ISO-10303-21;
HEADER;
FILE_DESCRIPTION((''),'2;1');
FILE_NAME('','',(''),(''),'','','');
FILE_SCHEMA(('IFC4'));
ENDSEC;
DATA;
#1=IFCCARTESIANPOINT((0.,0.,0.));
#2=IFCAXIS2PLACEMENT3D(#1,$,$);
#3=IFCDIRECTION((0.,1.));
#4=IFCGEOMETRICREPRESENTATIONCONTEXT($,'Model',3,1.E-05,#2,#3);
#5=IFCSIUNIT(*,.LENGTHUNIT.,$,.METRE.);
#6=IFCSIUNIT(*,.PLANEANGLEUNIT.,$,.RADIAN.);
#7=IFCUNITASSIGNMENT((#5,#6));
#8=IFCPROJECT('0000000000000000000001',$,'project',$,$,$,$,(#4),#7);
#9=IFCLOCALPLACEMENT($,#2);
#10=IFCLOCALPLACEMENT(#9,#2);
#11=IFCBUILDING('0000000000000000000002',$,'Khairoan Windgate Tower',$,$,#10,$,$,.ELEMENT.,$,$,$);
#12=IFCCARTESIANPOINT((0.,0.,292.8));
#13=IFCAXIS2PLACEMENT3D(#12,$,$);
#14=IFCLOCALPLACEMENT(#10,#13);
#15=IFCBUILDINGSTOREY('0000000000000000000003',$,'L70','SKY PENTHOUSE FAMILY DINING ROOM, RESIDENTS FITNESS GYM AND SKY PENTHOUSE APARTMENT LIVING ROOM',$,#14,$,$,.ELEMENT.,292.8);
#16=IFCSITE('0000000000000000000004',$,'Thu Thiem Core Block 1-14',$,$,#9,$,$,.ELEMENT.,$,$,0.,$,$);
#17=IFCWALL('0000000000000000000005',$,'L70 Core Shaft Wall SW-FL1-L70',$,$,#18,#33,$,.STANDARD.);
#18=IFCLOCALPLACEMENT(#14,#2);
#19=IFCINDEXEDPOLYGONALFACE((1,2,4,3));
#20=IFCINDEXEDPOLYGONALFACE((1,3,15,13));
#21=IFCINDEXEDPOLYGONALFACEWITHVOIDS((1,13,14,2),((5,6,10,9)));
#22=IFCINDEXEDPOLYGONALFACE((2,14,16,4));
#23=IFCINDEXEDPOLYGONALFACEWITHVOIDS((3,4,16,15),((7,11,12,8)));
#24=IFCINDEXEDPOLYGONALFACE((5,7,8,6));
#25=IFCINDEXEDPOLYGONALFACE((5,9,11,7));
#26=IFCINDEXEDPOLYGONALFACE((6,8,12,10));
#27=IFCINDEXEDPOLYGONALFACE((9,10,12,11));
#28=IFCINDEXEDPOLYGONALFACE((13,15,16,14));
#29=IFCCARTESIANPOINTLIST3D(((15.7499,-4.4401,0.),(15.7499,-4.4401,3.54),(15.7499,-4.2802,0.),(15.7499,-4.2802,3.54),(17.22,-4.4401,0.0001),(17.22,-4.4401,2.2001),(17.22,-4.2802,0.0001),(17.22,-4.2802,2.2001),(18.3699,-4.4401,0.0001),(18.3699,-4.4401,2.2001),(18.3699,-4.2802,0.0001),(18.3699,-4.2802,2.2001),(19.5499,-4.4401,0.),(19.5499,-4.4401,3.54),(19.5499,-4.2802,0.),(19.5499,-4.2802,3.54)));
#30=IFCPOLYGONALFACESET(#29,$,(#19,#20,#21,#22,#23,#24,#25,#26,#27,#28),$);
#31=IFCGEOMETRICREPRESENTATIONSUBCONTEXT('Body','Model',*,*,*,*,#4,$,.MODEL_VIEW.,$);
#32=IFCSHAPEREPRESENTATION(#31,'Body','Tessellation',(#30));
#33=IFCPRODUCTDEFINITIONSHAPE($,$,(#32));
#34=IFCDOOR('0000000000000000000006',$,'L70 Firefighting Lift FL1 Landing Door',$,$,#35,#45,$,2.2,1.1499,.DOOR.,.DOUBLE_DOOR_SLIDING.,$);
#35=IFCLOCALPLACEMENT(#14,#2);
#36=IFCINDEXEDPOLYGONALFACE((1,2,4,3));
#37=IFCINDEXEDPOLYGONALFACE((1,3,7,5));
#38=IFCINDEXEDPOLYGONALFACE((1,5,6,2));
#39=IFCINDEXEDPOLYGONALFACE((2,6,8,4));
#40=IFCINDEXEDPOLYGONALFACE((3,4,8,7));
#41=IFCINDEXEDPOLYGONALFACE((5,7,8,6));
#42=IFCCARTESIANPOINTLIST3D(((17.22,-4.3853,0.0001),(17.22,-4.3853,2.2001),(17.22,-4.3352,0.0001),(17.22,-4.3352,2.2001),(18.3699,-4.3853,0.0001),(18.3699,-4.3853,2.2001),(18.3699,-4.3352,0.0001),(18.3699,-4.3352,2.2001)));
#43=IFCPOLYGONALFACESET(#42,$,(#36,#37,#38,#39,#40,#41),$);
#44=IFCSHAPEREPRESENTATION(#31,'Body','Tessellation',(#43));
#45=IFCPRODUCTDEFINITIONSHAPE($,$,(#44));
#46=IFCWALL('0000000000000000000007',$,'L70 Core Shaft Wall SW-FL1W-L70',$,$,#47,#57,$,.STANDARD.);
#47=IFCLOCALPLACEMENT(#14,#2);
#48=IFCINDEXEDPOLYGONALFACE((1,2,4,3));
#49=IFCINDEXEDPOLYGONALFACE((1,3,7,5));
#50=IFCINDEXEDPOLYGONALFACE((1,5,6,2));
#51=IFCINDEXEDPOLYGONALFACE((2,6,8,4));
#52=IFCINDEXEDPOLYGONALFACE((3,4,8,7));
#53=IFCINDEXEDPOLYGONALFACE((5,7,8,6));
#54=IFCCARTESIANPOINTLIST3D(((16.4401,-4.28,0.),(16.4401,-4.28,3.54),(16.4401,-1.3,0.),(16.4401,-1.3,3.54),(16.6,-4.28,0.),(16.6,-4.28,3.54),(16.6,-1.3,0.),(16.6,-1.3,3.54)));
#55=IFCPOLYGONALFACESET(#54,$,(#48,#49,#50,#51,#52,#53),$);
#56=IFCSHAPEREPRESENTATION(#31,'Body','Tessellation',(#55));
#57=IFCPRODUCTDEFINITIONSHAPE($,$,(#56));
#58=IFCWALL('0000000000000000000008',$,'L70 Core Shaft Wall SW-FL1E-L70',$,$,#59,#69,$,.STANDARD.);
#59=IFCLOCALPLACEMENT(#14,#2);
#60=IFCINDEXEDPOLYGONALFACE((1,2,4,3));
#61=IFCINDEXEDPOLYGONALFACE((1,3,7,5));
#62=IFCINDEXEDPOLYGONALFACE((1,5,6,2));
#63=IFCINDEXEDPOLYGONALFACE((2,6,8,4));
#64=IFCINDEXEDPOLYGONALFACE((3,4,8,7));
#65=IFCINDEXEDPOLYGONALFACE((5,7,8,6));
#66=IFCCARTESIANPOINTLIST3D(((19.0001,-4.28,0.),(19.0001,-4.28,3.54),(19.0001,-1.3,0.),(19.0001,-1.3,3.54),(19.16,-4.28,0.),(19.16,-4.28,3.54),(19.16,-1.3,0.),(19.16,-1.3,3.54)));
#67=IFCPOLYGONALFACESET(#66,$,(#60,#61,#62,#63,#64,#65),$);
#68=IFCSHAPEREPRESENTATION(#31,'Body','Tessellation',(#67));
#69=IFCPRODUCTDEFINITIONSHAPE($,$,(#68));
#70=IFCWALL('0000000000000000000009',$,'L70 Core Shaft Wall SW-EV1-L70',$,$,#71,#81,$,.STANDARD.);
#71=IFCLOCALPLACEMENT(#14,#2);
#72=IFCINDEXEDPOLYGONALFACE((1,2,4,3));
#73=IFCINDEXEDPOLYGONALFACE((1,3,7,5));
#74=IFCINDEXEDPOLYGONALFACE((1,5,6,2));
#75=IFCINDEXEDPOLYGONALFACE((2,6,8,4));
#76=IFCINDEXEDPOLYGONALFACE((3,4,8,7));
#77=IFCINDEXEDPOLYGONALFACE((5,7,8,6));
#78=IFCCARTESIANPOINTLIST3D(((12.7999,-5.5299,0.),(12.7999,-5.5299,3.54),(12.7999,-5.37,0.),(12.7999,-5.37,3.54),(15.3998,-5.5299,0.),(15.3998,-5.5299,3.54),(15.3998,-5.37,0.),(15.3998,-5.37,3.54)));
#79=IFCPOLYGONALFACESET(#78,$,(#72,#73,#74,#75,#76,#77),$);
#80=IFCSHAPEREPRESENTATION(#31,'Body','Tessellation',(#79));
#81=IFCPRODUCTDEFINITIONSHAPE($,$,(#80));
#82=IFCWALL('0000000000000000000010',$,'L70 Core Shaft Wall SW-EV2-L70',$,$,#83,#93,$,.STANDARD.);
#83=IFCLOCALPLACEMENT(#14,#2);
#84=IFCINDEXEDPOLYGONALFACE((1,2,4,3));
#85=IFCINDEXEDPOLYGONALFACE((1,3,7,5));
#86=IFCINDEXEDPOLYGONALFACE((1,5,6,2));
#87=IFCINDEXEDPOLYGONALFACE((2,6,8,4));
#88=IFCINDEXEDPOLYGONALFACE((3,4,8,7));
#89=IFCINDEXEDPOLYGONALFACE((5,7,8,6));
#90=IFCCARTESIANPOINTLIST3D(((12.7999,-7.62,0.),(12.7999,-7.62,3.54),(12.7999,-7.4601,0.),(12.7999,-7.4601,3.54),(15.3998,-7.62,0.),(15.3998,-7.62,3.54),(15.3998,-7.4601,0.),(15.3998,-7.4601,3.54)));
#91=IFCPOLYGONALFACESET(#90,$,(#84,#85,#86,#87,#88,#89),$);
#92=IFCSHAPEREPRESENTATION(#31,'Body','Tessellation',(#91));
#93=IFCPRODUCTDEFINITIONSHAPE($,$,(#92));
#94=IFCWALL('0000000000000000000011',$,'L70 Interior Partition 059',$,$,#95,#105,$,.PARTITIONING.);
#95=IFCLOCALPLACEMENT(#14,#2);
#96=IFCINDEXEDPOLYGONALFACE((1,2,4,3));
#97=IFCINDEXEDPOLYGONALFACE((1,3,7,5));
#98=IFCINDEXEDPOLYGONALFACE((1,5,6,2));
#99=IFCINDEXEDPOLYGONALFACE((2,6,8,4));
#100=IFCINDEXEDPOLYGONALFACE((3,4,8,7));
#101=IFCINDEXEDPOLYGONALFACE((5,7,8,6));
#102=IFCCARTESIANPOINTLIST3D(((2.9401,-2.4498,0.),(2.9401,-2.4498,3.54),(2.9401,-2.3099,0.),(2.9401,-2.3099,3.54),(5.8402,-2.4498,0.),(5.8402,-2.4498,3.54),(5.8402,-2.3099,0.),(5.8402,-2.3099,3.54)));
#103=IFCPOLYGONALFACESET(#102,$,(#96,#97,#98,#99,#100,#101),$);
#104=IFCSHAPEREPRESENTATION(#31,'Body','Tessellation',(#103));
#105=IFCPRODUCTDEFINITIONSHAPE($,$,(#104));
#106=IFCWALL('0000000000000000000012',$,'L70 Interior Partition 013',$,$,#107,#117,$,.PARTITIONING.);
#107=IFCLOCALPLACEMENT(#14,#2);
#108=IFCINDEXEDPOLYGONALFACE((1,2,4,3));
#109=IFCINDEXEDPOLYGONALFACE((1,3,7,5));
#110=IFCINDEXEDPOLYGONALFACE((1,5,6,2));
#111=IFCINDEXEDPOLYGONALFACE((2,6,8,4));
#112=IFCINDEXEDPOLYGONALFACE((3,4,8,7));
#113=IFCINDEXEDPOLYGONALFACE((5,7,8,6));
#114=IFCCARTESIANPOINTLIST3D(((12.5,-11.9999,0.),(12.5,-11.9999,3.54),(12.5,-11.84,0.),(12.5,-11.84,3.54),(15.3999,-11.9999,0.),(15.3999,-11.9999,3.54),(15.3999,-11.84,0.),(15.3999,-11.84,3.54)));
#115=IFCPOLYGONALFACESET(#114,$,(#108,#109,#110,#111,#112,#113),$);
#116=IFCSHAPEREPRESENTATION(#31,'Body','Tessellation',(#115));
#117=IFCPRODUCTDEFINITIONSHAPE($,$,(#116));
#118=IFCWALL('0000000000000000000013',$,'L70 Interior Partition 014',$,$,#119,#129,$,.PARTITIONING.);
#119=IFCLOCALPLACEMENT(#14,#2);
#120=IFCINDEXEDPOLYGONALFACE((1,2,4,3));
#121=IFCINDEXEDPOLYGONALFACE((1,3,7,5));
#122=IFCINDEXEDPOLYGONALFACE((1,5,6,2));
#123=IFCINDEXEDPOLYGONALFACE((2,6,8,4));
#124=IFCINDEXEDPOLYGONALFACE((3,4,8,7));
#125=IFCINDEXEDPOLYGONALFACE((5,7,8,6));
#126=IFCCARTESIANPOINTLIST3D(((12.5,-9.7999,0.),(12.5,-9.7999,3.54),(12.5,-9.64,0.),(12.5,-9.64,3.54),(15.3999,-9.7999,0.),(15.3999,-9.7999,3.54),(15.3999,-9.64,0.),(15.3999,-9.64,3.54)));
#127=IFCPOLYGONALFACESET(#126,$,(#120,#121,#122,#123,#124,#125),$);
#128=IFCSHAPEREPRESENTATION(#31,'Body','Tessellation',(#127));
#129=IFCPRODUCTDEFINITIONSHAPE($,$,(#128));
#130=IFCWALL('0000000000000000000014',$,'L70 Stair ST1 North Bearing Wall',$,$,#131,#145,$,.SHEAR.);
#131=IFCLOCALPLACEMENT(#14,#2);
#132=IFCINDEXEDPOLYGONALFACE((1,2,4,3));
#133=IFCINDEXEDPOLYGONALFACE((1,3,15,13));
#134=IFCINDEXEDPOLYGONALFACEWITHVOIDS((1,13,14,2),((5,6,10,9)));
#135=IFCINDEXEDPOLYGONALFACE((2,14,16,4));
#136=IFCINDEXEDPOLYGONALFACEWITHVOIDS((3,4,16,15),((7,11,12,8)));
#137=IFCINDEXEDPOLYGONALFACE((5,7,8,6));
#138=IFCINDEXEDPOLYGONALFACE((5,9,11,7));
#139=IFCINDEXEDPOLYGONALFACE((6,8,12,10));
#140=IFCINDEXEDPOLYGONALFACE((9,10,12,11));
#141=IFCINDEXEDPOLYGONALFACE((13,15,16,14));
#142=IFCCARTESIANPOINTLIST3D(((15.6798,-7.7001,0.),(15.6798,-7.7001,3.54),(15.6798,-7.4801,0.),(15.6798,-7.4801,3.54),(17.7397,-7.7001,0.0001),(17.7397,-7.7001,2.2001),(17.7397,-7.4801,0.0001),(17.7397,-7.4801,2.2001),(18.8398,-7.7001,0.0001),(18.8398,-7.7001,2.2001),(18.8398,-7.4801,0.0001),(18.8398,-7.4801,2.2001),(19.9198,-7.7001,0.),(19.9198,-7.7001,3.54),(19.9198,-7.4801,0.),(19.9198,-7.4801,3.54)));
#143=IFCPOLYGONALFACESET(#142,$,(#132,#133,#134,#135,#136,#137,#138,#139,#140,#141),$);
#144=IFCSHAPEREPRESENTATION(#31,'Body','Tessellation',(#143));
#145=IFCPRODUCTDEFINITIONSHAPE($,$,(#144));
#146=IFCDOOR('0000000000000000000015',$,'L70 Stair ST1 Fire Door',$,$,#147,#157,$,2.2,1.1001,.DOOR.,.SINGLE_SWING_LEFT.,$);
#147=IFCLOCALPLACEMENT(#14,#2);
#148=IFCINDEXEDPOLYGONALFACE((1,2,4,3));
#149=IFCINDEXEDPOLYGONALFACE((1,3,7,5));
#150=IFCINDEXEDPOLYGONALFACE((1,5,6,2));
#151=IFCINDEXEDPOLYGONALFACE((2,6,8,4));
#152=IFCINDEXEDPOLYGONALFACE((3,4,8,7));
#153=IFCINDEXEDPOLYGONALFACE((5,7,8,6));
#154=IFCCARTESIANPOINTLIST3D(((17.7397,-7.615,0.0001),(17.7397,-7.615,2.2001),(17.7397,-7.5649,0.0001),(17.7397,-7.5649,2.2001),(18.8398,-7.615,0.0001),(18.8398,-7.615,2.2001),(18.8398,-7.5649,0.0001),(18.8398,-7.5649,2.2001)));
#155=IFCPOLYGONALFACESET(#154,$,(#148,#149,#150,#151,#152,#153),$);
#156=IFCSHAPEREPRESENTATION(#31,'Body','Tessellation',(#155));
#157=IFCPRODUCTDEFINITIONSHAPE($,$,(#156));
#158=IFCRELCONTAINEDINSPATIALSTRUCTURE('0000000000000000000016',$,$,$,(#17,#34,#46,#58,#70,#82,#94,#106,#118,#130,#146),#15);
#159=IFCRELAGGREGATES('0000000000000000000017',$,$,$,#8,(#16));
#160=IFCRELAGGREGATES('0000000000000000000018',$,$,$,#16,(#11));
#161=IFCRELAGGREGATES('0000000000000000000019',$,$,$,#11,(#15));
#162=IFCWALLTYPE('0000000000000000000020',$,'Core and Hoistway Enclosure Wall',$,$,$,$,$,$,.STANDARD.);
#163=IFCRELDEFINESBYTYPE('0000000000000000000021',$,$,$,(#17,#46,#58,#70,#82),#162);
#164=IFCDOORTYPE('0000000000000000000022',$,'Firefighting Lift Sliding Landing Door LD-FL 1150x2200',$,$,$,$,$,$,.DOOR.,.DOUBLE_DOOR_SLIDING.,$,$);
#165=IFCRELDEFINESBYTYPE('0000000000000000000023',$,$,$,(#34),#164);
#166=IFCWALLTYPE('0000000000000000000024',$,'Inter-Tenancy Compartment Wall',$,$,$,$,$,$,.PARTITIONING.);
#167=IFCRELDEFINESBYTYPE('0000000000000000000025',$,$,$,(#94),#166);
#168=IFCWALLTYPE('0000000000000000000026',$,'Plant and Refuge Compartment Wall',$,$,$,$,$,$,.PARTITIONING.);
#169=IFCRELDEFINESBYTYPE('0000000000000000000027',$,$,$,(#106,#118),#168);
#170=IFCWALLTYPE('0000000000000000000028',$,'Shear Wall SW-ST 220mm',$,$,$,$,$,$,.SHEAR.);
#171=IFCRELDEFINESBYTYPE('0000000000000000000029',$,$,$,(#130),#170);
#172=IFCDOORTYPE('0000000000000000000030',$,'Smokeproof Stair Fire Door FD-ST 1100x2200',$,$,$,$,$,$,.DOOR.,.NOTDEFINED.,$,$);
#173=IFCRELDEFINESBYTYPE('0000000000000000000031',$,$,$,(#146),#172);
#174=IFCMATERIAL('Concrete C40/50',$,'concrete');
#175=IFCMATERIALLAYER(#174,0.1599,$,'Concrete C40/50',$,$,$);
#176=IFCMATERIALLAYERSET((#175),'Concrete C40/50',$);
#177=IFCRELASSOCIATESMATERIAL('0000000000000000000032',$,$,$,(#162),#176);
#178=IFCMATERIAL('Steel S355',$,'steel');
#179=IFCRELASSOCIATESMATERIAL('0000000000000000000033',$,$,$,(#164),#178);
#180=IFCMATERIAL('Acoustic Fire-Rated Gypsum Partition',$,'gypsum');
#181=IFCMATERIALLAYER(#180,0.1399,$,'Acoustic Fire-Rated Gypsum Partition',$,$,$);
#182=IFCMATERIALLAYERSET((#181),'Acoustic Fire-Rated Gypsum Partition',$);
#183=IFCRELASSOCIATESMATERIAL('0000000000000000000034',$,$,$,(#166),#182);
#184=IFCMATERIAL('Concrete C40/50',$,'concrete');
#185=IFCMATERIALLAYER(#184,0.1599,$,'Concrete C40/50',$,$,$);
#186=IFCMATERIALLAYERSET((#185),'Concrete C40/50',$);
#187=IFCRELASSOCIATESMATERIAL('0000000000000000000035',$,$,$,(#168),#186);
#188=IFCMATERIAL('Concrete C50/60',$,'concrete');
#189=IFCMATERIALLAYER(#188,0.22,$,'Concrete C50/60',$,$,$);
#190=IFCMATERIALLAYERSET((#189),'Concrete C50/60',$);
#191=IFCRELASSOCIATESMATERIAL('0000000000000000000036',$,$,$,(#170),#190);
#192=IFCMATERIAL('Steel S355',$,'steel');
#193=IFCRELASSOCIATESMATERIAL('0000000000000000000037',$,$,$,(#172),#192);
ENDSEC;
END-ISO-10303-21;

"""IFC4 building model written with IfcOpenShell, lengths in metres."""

from ifc_helpers import new_model, si_unit, direction, frame, frame_2d, origin, place, context, subcontext, project, spatial, rectangle, extrude, material, layer, layer_set, type_object, element, fill, save


model = new_model("IFC4")

# Units and contexts
model_context = context("Model", 3, precision=1e-05, world=origin(), true_north=direction((0.0, 1.0)))
body_context = subcontext(model_context, "Body", "Model", "MODEL_VIEW")
ifc_project = project(units=[si_unit("LENGTHUNIT", "METRE"), si_unit("PLANEANGLEUNIT", "RADIAN")], contexts=[model_context])

# Site, building, storey
site_placement = place(None, origin())
site = spatial("IfcSite", under=ifc_project, at=site_placement, Name="Thu Thiem Core Block 1-14", CompositionType="ELEMENT", RefElevation=0.0)
building_placement = place(site_placement, origin())
building = spatial("IfcBuilding", under=site, at=building_placement, Name="Khairoan Windgate Tower", CompositionType="ELEMENT")
storey_placement = place(building_placement, frame((0.0, 0.0, 292.8)))
storey = spatial("IfcBuildingStorey", under=building, at=storey_placement, Name="L70", Description="SKY PENTHOUSE FAMILY DINING ROOM, RESIDENTS FITNESS GYM AND SKY PENTHOUSE APARTMENT LIVING ROOM", CompositionType="ELEMENT", Elevation=292.8)

# Shared definitions
ifc_material_1 = material(Name="Concrete C40/50", Category="concrete")
ifc_layer_1 = layer(ifc_material_1, 0.1599, Name="Concrete C40/50")
ifc_layer_set_1 = layer_set([ifc_layer_1], Name="Concrete C40/50")
wall_type_1 = type_object("IfcWallType", Name="Core and Hoistway Enclosure Wall", PredefinedType="STANDARD", material=ifc_layer_set_1)

# Wall, opening, door
wall_1_placement = place(storey_placement, frame((15.75, -4.3601, 0.0), z_axis=(0.0, 0.0, 1.0), x_axis=(1.0, 0.0, 0.0)))
wall_1 = element("IfcWall", 1, at=wall_1_placement, inside=storey, type_object=wall_type_1, Name="L70 Core Shaft Wall SW-FL1-L70", PredefinedType="STANDARD", context=body_context, shape_type="SweptSolid", body=[
    extrude(rectangle(XDim=3.8, YDim=0.1599, at=frame_2d((1.8999, 0.0))), origin(), (0.0, 0.0, 1.0), 3.54),
])
opening_1_placement = place(wall_1_placement, frame((1.47, 0.0, 0.0)))
opening_1 = element("IfcOpeningElement", 2, at=opening_1_placement, cuts=wall_1, PredefinedType="OPENING", context=body_context, shape_type="SweptSolid", body=[
    extrude(rectangle(XDim=1.1499, YDim=2.2, at=frame_2d((0.575, 1.1001))), frame((0.0, 0.0898, 0.0), z_axis=(0.0, -1.0, 0.0), x_axis=(1.0, 0.0, 0.0)), (0.0, 0.0, 1.0), 0.1799),
])
ifc_material_2 = material(Name="Steel S355", Category="steel")
door_type_1 = type_object("IfcDoorType", Name="Firefighting Lift Sliding Landing Door LD-FL 1150x2200", OperationType="DOUBLE_DOOR_SLIDING", PredefinedType="DOOR", material=ifc_material_2)
door_1_placement = place(opening_1_placement, origin())
door_1 = element("IfcDoor", 3, at=door_1_placement, inside=storey, type_object=door_type_1, Name="L70 Firefighting Lift FL1 Landing Door", OperationType="DOUBLE_DOOR_SLIDING", OverallHeight=2.2, OverallWidth=1.1499, PredefinedType="DOOR", context=body_context, shape_type="SweptSolid", body=[
    extrude(rectangle(XDim=1.1499, YDim=2.2, at=frame_2d((0.575, 1.1001))), frame((0.0, 0.0249, 0.0), z_axis=(0.0, -1.0, 0.0), x_axis=(1.0, 0.0, 0.0)), (0.0, 0.0, 1.0), 0.05),
])
fill(opening_1, door_1)

# Walls
for number, where, z_axis, x_axis, name in (
    (4, (16.52, -4.28, 0.0), (0.0, 0.0, 1.0), (0.0, 1.0, 0.0), "L70 Core Shaft Wall SW-FL1W-L70"),
    (5, (19.0801, -4.28, 0.0), (0.0, 0.0, 1.0), (0.0, 1.0, 0.0), "L70 Core Shaft Wall SW-FL1E-L70"),
):
    element("IfcWall", number, at=place(storey_placement, frame(where, z_axis=z_axis, x_axis=x_axis)), inside=storey, type_object=wall_type_1, Name=name, PredefinedType="STANDARD", context=body_context, shape_type="SweptSolid", body=[
        extrude(rectangle(XDim=2.98, YDim=0.1599, at=frame_2d((1.49, 0.0))), origin(), (0.0, 0.0, 1.0), 3.54),
    ])
for number, where, z_axis, x_axis, name in (
    (6, (12.8, -5.45, 0.0), (0.0, 0.0, 1.0), (1.0, 0.0, 0.0), "L70 Core Shaft Wall SW-EV1-L70"),
    (7, (12.8, -7.54, 0.0), (0.0, 0.0, 1.0), (1.0, 0.0, 0.0), "L70 Core Shaft Wall SW-EV2-L70"),
):
    element("IfcWall", number, at=place(storey_placement, frame(where, z_axis=z_axis, x_axis=x_axis)), inside=storey, type_object=wall_type_1, Name=name, PredefinedType="STANDARD", context=body_context, shape_type="SweptSolid", body=[
        extrude(rectangle(XDim=2.5999, YDim=0.1599, at=frame_2d((1.2998, 0.0))), origin(), (0.0, 0.0, 1.0), 3.54),
    ])
ifc_material_3 = material(Name="Acoustic Fire-Rated Gypsum Partition", Category="gypsum")
ifc_layer_2 = layer(ifc_material_3, 0.1399, Name="Acoustic Fire-Rated Gypsum Partition")
ifc_layer_set_2 = layer_set([ifc_layer_2], Name="Acoustic Fire-Rated Gypsum Partition")
wall_type_2 = type_object("IfcWallType", Name="Inter-Tenancy Compartment Wall", PredefinedType="PARTITIONING", material=ifc_layer_set_2)
wall_2_placement = place(storey_placement, frame((2.9399, -2.3799, 0.0), z_axis=(0.0, 0.0, 1.0), x_axis=(1.0, 0.0, 0.0)))
element("IfcWall", 8, at=wall_2_placement, inside=storey, type_object=wall_type_2, Name="L70 Interior Partition 059", PredefinedType="PARTITIONING", context=body_context, shape_type="SweptSolid", body=[
    extrude(rectangle(XDim=2.9001, YDim=0.1399, at=frame_2d((1.4502, 0.0))), origin(), (0.0, 0.0, 1.0), 3.54),
])
ifc_material_4 = material(Name="Concrete C40/50", Category="concrete")
ifc_layer_3 = layer(ifc_material_4, 0.1599, Name="Concrete C40/50")
ifc_layer_set_3 = layer_set([ifc_layer_3], Name="Concrete C40/50")
wall_type_3 = type_object("IfcWallType", Name="Plant and Refuge Compartment Wall", PredefinedType="PARTITIONING", material=ifc_layer_set_3)
for number, where, z_axis, x_axis, name in (
    (9, (12.5, -11.9199, 0.0), (0.0, 0.0, 1.0), (1.0, 0.0, 0.0), "L70 Interior Partition 013"),
    (10, (12.5, -9.72, 0.0), (0.0, 0.0, 1.0), (1.0, 0.0, 0.0), "L70 Interior Partition 014"),
):
    element("IfcWall", number, at=place(storey_placement, frame(where, z_axis=z_axis, x_axis=x_axis)), inside=storey, type_object=wall_type_3, Name=name, PredefinedType="PARTITIONING", context=body_context, shape_type="SweptSolid", body=[
        extrude(rectangle(XDim=2.8999, YDim=0.1599, at=frame_2d((1.45, 0.0))), origin(), (0.0, 0.0, 1.0), 3.54),
    ])

# Wall, opening, door
ifc_material_5 = material(Name="Concrete C50/60", Category="concrete")
ifc_layer_4 = layer(ifc_material_5, 0.22, Name="Concrete C50/60")
ifc_layer_set_4 = layer_set([ifc_layer_4], Name="Concrete C50/60")
wall_type_4 = type_object("IfcWallType", Name="Shear Wall SW-ST 220mm", PredefinedType="SHEAR", material=ifc_layer_set_4)
wall_3_placement = place(storey_placement, frame((19.9199, -7.5901, 0.0), z_axis=(0.0, 0.0, 1.0), x_axis=(-1.0, 0.0, 0.0)))
wall_3 = element("IfcWall", 11, at=wall_3_placement, inside=storey, type_object=wall_type_4, Name="L70 Stair ST1 North Bearing Wall", PredefinedType="SHEAR", context=body_context, shape_type="SweptSolid", body=[
    extrude(rectangle(XDim=4.24, YDim=0.22, at=frame_2d((2.1201, 0.0))), origin(), (0.0, 0.0, 1.0), 3.54),
])
opening_2_placement = place(wall_3_placement, frame((1.0801, 0.0, 0.0)))
opening_2 = element("IfcOpeningElement", 12, at=opening_2_placement, cuts=wall_3, PredefinedType="OPENING", context=body_context, shape_type="SweptSolid", body=[
    extrude(rectangle(XDim=1.1001, YDim=2.2, at=frame_2d((0.55, 1.1001))), frame((0.0, 0.1199, 0.0), z_axis=(0.0, -1.0, 0.0), x_axis=(1.0, 0.0, 0.0)), (0.0, 0.0, 1.0), 0.24),
])
ifc_material_6 = material(Name="Steel S355", Category="steel")
door_type_2 = type_object("IfcDoorType", Name="Smokeproof Stair Fire Door FD-ST 1100x2200", OperationType="NOTDEFINED", PredefinedType="DOOR", material=ifc_material_6)
door_2_placement = place(opening_2_placement, origin())
door_2 = element("IfcDoor", 13, at=door_2_placement, inside=storey, type_object=door_type_2, Name="L70 Stair ST1 Fire Door", OperationType="SINGLE_SWING_LEFT", OverallHeight=2.2, OverallWidth=1.1001, PredefinedType="DOOR", context=body_context, shape_type="SweptSolid", body=[
    extrude(rectangle(XDim=1.1001, YDim=2.2, at=frame_2d((0.55, 1.1001))), frame((0.0, 0.0249, 0.0), z_axis=(0.0, -1.0, 0.0), x_axis=(1.0, 0.0, 0.0)), (0.0, 0.0, 1.0), 0.05),
])
fill(opening_2, door_2)

save(model, "model.ifc")
